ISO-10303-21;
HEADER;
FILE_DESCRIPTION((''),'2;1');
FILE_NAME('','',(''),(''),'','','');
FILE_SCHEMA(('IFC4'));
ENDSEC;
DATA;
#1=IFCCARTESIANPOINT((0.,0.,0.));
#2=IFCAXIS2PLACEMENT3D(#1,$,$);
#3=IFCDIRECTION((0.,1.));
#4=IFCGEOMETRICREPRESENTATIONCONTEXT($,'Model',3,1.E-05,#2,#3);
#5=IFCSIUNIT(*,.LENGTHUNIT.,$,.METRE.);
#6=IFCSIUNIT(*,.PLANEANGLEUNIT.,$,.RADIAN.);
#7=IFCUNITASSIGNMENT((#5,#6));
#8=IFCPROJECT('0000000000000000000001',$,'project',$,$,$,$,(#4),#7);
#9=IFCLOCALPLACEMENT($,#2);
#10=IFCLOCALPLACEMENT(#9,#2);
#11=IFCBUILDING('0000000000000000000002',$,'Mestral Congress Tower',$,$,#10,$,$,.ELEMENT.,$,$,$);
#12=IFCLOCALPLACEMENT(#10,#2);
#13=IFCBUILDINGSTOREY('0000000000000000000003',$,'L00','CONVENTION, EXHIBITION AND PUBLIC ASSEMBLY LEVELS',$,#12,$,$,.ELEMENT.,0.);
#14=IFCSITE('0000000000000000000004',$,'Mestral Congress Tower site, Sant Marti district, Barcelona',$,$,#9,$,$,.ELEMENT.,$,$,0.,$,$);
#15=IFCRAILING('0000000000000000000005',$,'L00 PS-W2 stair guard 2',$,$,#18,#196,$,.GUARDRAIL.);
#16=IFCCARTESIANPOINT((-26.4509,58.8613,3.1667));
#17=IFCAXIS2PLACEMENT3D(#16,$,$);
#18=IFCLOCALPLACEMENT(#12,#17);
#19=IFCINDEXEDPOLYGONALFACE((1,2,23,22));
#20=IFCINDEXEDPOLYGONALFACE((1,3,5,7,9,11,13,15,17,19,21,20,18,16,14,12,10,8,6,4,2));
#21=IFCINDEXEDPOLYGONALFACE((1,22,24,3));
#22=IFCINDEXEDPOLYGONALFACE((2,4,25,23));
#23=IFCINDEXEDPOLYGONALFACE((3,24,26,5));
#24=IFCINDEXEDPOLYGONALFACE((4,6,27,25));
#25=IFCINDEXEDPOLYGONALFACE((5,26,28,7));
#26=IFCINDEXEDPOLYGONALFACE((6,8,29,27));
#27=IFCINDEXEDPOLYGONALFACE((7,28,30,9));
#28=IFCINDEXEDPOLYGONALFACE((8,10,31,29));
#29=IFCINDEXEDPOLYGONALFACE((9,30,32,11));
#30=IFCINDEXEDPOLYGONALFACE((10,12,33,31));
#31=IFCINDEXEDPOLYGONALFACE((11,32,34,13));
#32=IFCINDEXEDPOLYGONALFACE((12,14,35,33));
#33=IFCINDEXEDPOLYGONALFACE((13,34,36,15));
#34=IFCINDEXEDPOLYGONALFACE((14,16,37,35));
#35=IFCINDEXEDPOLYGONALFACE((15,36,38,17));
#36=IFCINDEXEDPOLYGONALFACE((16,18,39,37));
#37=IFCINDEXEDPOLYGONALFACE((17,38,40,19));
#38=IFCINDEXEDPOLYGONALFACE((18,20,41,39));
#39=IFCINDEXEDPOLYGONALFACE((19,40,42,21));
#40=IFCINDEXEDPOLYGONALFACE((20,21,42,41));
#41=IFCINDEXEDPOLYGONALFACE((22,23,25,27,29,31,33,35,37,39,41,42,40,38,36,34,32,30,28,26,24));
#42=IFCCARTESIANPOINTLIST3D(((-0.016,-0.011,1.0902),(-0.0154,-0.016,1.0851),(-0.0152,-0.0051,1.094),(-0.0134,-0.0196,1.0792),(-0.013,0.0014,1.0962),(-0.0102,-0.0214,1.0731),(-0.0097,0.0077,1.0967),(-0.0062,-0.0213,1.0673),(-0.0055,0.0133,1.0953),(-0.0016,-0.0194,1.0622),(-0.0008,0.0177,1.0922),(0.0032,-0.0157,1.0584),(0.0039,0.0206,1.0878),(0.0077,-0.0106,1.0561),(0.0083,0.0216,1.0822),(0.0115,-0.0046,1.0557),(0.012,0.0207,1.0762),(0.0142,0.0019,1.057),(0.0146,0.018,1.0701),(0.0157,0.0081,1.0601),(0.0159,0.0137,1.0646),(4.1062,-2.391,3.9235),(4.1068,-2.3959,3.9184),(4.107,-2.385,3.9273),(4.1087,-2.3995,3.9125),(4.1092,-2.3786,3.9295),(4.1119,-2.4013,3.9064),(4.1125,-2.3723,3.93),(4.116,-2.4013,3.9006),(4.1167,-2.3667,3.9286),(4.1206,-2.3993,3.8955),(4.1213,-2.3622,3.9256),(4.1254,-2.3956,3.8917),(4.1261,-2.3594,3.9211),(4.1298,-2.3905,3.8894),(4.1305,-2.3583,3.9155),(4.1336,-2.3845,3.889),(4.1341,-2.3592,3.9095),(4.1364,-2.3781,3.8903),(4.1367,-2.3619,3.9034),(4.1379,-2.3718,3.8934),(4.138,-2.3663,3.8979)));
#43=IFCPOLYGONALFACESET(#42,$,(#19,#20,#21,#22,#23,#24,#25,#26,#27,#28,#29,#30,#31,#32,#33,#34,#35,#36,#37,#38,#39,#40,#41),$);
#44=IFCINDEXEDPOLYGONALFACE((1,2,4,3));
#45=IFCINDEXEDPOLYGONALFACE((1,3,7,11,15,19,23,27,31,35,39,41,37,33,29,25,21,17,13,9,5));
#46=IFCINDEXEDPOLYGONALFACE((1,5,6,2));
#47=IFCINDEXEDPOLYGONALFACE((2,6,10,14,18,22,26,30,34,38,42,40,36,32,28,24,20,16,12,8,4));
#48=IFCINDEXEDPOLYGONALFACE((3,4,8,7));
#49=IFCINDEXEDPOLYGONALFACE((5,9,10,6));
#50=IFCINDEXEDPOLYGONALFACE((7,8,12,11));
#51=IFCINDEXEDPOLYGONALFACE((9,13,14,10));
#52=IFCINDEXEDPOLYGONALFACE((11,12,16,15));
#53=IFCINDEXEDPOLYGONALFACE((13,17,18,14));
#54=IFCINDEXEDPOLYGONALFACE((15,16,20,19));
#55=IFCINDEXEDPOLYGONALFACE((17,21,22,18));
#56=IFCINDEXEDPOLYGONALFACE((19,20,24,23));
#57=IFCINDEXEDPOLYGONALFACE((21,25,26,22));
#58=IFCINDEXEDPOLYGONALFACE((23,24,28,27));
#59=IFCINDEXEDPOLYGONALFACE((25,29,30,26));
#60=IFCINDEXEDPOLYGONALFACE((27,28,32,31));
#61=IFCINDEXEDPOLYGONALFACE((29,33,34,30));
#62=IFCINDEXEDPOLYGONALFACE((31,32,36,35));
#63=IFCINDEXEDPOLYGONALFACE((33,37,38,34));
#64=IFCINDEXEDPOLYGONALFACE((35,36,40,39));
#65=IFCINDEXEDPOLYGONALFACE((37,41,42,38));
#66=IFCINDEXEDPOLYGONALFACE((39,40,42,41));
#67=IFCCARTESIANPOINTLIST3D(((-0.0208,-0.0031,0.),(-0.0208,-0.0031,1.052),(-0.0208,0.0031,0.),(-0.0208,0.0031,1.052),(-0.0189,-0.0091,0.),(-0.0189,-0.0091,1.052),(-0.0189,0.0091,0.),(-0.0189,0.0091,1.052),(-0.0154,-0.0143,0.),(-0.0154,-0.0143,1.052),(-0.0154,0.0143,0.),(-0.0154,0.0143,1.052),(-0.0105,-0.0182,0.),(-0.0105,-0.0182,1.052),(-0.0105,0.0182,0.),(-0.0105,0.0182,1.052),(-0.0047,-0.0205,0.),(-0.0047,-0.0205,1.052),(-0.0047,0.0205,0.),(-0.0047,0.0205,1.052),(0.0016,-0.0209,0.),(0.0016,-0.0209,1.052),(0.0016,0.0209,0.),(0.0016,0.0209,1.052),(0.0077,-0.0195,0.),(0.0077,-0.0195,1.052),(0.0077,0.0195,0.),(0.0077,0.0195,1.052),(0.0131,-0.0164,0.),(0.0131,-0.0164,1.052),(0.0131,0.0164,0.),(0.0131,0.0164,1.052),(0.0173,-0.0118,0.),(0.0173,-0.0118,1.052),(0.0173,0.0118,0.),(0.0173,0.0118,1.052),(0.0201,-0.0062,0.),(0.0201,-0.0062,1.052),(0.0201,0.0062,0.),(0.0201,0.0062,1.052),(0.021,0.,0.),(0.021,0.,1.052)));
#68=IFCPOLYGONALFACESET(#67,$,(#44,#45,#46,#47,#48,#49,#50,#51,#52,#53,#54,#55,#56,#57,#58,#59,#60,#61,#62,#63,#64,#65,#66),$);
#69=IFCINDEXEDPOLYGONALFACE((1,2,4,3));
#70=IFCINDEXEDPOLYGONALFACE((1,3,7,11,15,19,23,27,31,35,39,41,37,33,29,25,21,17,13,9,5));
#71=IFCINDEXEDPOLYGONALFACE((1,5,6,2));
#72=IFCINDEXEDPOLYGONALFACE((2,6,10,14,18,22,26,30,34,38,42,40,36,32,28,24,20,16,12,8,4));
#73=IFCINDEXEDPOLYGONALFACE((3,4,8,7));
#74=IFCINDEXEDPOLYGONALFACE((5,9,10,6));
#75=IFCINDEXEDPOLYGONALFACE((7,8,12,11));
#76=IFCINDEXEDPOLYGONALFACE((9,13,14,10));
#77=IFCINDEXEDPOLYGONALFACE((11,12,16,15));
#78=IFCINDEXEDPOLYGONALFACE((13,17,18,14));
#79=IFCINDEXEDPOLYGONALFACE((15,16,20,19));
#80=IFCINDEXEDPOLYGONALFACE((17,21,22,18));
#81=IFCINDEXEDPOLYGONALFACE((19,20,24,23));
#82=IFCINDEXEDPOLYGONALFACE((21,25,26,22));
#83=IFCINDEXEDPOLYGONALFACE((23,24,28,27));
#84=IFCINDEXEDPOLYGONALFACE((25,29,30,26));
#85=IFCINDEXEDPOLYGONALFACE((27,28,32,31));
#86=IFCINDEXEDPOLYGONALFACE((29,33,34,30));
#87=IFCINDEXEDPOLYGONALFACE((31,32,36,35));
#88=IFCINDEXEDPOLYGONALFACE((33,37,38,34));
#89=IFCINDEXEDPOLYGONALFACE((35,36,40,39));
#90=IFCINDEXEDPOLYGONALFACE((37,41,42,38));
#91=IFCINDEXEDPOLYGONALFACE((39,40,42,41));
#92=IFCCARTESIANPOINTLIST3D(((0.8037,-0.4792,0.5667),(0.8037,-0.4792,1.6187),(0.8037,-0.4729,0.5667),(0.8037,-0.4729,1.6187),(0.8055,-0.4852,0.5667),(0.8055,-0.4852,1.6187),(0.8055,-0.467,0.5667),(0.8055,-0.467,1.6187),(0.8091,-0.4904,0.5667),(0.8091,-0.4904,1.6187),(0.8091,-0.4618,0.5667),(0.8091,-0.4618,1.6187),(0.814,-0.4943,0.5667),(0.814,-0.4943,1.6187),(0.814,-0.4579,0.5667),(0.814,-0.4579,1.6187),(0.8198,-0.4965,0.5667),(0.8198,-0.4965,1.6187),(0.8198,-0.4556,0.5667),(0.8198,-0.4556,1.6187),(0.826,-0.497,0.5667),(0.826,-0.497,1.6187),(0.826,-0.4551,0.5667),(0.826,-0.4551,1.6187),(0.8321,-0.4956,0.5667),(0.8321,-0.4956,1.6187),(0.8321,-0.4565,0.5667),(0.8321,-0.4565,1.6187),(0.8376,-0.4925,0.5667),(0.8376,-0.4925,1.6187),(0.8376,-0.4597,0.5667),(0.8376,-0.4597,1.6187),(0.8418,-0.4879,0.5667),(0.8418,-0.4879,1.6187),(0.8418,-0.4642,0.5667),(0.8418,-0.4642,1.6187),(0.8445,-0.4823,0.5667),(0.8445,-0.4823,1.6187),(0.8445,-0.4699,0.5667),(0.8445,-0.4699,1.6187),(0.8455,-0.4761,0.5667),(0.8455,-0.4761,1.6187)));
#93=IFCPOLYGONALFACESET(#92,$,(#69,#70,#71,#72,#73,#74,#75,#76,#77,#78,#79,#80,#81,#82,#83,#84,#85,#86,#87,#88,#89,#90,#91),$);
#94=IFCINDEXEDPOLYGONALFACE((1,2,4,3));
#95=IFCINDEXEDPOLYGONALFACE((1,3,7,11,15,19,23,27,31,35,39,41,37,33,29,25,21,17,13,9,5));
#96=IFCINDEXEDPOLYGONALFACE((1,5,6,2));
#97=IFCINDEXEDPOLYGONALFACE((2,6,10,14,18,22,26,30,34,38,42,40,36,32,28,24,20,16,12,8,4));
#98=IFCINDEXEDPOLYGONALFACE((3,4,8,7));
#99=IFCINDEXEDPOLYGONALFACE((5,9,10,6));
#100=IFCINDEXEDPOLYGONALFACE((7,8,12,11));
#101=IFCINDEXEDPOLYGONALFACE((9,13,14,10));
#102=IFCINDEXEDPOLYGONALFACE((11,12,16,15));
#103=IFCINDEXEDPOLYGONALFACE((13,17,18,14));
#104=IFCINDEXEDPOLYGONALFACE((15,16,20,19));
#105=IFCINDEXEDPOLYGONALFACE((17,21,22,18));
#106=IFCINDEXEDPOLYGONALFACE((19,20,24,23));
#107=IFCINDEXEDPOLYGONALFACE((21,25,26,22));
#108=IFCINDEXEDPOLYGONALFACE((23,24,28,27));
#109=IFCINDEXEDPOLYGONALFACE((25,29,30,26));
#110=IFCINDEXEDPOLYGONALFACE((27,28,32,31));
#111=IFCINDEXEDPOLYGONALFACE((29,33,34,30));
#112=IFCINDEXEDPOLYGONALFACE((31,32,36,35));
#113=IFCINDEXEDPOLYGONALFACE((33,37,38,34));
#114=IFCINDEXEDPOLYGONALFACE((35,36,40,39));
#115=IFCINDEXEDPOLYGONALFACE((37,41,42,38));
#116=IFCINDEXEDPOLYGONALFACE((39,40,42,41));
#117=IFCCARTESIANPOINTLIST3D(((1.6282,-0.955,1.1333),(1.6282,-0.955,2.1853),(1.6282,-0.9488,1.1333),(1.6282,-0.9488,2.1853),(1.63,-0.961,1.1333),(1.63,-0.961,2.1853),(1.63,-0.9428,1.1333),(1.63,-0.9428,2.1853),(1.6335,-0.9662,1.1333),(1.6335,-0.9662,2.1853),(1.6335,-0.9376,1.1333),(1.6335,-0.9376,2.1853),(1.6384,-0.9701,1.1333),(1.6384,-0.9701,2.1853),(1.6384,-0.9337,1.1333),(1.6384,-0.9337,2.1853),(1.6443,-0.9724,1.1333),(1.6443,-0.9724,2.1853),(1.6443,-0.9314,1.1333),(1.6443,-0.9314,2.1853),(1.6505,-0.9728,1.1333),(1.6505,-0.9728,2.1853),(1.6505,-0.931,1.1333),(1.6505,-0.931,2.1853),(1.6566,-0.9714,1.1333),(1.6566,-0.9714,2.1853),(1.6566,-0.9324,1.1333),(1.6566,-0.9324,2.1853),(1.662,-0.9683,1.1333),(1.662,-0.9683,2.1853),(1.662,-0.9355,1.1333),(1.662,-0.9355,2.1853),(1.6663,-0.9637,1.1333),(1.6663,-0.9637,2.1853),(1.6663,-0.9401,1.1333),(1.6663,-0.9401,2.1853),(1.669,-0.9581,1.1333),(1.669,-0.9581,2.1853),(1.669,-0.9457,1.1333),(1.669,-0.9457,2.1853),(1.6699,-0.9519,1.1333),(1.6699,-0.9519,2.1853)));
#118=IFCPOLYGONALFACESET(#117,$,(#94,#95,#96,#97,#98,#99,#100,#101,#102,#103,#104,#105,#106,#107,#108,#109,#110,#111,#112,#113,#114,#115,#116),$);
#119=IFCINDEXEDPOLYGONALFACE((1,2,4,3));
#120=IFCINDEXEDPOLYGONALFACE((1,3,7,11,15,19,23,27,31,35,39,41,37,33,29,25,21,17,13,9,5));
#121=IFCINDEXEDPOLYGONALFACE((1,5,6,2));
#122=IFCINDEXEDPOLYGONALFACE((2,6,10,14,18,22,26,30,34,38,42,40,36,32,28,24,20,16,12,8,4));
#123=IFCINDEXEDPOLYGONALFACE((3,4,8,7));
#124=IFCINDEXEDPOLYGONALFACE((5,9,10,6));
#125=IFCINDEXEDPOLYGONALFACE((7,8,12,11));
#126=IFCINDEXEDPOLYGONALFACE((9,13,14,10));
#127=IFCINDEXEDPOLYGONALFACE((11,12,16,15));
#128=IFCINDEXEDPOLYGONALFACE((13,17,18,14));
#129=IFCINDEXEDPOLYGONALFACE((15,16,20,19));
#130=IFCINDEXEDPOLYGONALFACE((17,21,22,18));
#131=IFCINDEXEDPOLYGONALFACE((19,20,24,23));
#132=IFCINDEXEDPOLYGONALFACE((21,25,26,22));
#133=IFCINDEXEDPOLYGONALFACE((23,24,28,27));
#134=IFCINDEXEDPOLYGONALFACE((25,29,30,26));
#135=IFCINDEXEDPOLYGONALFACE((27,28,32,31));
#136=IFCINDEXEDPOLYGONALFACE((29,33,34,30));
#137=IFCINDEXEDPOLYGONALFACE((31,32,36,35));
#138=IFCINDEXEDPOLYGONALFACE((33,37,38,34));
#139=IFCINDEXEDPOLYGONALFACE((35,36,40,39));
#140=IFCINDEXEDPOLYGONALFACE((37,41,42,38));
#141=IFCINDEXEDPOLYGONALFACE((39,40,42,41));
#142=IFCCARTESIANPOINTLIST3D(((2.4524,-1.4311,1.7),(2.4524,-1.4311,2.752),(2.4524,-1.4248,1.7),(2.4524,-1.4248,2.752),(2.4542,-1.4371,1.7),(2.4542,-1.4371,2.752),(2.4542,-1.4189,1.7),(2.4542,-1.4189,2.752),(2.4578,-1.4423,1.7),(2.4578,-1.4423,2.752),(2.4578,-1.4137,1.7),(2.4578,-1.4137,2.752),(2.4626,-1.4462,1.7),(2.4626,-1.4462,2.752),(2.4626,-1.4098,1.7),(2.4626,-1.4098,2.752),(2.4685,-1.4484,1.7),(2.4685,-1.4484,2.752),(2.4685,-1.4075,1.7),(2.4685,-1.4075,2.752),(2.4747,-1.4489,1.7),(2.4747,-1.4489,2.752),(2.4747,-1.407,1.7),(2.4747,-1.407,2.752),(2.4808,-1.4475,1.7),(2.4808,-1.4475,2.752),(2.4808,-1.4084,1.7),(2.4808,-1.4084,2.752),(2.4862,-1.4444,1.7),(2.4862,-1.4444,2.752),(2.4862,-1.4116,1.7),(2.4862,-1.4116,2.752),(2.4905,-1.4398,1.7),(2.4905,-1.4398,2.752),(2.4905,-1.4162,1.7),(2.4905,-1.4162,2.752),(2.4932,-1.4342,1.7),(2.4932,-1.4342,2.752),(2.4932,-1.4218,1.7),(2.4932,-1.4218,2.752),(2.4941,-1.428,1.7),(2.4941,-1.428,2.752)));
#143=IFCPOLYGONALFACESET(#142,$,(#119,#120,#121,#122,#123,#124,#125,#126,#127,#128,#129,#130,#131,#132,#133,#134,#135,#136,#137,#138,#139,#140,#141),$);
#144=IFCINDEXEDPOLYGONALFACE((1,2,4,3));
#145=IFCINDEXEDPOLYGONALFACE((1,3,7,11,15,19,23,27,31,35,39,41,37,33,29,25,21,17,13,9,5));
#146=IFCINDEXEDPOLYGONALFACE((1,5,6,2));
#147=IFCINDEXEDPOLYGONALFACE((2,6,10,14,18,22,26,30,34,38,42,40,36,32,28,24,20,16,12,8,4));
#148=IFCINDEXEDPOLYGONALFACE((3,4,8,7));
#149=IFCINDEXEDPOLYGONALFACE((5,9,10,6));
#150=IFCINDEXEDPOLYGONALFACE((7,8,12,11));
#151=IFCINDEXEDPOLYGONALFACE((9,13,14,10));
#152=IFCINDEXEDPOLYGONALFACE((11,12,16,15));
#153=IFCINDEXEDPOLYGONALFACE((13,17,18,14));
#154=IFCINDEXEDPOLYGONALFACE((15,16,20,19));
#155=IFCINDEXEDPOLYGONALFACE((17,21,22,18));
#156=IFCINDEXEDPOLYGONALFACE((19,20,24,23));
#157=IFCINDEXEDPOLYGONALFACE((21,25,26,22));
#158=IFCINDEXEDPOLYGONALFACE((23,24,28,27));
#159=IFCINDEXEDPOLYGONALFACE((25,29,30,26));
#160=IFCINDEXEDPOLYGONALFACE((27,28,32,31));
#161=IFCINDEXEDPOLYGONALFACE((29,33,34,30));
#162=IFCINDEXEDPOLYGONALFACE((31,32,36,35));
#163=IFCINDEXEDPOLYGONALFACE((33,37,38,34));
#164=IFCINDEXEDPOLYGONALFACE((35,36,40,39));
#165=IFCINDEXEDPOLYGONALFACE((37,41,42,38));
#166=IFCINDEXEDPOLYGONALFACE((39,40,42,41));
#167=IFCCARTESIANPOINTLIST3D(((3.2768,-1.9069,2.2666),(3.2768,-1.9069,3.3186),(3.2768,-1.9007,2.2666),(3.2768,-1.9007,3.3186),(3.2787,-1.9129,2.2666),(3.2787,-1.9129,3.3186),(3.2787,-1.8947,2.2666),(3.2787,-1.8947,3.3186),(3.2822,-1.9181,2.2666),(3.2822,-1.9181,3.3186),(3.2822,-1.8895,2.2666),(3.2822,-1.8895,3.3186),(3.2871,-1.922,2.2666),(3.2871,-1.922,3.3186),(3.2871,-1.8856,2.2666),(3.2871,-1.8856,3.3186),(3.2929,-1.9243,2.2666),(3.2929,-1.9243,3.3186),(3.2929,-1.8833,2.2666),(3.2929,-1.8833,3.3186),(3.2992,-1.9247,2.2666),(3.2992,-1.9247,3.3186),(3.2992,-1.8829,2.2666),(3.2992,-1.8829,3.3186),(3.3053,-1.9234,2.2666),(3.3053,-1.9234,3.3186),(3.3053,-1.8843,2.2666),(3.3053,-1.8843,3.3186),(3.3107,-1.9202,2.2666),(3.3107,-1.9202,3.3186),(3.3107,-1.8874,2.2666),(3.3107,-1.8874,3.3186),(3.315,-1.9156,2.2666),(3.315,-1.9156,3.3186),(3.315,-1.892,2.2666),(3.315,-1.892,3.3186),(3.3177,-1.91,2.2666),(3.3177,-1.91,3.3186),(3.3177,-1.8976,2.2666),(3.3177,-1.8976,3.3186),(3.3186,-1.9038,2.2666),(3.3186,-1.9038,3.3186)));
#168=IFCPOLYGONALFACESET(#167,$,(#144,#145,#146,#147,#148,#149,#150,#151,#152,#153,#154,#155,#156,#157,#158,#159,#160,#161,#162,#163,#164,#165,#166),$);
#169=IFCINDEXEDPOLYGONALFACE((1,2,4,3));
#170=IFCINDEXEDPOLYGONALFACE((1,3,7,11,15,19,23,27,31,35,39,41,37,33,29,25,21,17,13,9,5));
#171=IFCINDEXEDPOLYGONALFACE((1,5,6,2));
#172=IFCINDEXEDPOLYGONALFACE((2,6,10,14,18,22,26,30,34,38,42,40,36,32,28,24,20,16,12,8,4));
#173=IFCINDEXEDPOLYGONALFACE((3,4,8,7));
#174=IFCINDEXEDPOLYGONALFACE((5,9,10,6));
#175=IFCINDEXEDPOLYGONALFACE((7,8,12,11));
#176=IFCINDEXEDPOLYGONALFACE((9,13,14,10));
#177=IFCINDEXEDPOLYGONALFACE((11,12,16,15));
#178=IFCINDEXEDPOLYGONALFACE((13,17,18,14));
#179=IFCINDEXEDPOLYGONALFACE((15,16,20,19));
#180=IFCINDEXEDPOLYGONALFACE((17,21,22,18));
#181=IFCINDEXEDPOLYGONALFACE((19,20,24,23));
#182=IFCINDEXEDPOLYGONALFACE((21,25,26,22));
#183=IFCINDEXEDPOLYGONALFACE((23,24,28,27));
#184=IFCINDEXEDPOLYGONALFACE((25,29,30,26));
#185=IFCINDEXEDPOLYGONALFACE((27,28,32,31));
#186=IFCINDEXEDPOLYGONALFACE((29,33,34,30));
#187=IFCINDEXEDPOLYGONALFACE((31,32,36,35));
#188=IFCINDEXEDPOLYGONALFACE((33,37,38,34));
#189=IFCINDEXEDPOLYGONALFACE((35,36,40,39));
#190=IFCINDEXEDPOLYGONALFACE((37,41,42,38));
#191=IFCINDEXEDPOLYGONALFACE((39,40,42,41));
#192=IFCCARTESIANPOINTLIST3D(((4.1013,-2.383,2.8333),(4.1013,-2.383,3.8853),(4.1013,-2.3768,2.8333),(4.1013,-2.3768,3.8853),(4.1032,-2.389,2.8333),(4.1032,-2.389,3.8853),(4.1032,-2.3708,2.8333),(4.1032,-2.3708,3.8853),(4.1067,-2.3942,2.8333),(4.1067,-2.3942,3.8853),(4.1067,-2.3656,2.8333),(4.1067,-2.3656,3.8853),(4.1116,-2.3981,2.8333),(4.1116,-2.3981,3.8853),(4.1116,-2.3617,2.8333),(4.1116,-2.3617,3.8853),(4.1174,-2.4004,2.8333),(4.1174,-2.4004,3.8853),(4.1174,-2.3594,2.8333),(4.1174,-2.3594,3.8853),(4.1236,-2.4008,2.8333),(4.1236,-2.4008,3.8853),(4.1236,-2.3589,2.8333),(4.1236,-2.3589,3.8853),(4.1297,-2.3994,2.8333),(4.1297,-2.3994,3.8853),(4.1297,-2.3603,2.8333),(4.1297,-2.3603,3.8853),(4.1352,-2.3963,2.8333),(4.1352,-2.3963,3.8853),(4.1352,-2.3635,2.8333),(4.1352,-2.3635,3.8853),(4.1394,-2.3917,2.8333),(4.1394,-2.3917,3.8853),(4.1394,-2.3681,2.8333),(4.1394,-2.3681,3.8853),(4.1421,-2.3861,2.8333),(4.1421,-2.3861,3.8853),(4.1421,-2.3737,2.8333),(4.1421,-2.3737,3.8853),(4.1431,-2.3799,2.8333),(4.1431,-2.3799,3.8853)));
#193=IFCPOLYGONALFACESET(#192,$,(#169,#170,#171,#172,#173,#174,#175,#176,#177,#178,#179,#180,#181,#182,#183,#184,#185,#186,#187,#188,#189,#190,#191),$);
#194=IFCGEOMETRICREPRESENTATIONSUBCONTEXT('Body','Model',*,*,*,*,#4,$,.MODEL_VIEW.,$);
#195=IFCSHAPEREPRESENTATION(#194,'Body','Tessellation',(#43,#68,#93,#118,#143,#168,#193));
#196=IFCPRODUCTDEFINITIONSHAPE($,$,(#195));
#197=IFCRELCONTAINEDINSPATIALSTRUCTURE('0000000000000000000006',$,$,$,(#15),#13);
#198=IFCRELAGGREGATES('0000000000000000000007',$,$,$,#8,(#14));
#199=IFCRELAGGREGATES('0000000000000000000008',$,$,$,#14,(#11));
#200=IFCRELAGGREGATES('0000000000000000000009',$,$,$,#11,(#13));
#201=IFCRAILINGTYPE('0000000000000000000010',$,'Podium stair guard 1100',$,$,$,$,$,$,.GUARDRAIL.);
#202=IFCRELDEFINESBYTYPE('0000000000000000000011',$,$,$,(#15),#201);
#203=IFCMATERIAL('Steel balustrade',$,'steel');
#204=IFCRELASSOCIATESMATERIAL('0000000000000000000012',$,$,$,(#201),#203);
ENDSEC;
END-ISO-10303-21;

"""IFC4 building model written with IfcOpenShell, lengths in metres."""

from ifc_helpers import new_model, si_unit, direction, frame, origin, origin_2d, place, context, subcontext, project, spatial, circle, extrude, material, type_object, element, save


model = new_model("IFC4")

# Units and contexts
model_context = context("Model", 3, precision=1e-05, world=origin(), true_north=direction((0.0, 1.0)))
body_context = subcontext(model_context, "Body", "Model", "MODEL_VIEW")
ifc_project = project(units=[si_unit("LENGTHUNIT", "METRE"), si_unit("PLANEANGLEUNIT", "RADIAN")], contexts=[model_context])

# Site, building, storey
site_placement = place(None, origin())
site = spatial("IfcSite", under=ifc_project, at=site_placement, Name="Mestral Congress Tower site, Sant Marti district, Barcelona", CompositionType="ELEMENT", RefElevation=0.0)
building_placement = place(site_placement, origin())
building = spatial("IfcBuilding", under=site, at=building_placement, Name="Mestral Congress Tower", CompositionType="ELEMENT")
storey_placement = place(building_placement, origin())
storey = spatial("IfcBuildingStorey", under=building, at=storey_placement, Name="L00", Description="CONVENTION, EXHIBITION AND PUBLIC ASSEMBLY LEVELS", CompositionType="ELEMENT", Elevation=0.0)

# Railing
ifc_material_1 = material(Name="Steel balustrade", Category="steel")
railing_type_1 = type_object("IfcRailingType", Name="Podium stair guard 1100", PredefinedType="GUARDRAIL", material=ifc_material_1)
railing_1_placement = place(storey_placement, frame((-26.4509, 58.8613, 3.1667)))
element("IfcRailing", 1, at=railing_1_placement, inside=storey, type_object=railing_type_1, Name="L00 PS-W2 stair guard 2", PredefinedType="GUARDRAIL", context=body_context, shape_type="SweptSolid", body=[
    extrude(circle(Radius=0.0239, at=origin_2d()), frame((0.0, 0.0, 1.0762), z_axis=(0.744165, -0.429645, 0.511492), x_axis=(0.500001, 0.866025, 0.0)), (0.0, 0.0, 1.0), 5.5393),
    extrude(circle(Radius=0.021, at=origin_2d()), origin(), (0.0, 0.0, 1.0), 1.052),
    extrude(circle(Radius=0.021, at=origin_2d()), frame((0.8245, -0.4761, 0.5667)), (0.0, 0.0, 1.0), 1.052),
    extrude(circle(Radius=0.021, at=origin_2d()), frame((1.6489, -0.9519, 1.1333)), (0.0, 0.0, 1.0), 1.052),
    extrude(circle(Radius=0.021, at=origin_2d()), frame((2.4731, -1.428, 1.7)), (0.0, 0.0, 1.0), 1.052),
    extrude(circle(Radius=0.021, at=origin_2d()), frame((3.2976, -1.9038, 2.2666)), (0.0, 0.0, 1.0), 1.052),
    extrude(circle(Radius=0.021, at=origin_2d()), frame((4.1221, -2.3799, 2.8333)), (0.0, 0.0, 1.0), 1.052),
])

save(model, "model.ifc")
